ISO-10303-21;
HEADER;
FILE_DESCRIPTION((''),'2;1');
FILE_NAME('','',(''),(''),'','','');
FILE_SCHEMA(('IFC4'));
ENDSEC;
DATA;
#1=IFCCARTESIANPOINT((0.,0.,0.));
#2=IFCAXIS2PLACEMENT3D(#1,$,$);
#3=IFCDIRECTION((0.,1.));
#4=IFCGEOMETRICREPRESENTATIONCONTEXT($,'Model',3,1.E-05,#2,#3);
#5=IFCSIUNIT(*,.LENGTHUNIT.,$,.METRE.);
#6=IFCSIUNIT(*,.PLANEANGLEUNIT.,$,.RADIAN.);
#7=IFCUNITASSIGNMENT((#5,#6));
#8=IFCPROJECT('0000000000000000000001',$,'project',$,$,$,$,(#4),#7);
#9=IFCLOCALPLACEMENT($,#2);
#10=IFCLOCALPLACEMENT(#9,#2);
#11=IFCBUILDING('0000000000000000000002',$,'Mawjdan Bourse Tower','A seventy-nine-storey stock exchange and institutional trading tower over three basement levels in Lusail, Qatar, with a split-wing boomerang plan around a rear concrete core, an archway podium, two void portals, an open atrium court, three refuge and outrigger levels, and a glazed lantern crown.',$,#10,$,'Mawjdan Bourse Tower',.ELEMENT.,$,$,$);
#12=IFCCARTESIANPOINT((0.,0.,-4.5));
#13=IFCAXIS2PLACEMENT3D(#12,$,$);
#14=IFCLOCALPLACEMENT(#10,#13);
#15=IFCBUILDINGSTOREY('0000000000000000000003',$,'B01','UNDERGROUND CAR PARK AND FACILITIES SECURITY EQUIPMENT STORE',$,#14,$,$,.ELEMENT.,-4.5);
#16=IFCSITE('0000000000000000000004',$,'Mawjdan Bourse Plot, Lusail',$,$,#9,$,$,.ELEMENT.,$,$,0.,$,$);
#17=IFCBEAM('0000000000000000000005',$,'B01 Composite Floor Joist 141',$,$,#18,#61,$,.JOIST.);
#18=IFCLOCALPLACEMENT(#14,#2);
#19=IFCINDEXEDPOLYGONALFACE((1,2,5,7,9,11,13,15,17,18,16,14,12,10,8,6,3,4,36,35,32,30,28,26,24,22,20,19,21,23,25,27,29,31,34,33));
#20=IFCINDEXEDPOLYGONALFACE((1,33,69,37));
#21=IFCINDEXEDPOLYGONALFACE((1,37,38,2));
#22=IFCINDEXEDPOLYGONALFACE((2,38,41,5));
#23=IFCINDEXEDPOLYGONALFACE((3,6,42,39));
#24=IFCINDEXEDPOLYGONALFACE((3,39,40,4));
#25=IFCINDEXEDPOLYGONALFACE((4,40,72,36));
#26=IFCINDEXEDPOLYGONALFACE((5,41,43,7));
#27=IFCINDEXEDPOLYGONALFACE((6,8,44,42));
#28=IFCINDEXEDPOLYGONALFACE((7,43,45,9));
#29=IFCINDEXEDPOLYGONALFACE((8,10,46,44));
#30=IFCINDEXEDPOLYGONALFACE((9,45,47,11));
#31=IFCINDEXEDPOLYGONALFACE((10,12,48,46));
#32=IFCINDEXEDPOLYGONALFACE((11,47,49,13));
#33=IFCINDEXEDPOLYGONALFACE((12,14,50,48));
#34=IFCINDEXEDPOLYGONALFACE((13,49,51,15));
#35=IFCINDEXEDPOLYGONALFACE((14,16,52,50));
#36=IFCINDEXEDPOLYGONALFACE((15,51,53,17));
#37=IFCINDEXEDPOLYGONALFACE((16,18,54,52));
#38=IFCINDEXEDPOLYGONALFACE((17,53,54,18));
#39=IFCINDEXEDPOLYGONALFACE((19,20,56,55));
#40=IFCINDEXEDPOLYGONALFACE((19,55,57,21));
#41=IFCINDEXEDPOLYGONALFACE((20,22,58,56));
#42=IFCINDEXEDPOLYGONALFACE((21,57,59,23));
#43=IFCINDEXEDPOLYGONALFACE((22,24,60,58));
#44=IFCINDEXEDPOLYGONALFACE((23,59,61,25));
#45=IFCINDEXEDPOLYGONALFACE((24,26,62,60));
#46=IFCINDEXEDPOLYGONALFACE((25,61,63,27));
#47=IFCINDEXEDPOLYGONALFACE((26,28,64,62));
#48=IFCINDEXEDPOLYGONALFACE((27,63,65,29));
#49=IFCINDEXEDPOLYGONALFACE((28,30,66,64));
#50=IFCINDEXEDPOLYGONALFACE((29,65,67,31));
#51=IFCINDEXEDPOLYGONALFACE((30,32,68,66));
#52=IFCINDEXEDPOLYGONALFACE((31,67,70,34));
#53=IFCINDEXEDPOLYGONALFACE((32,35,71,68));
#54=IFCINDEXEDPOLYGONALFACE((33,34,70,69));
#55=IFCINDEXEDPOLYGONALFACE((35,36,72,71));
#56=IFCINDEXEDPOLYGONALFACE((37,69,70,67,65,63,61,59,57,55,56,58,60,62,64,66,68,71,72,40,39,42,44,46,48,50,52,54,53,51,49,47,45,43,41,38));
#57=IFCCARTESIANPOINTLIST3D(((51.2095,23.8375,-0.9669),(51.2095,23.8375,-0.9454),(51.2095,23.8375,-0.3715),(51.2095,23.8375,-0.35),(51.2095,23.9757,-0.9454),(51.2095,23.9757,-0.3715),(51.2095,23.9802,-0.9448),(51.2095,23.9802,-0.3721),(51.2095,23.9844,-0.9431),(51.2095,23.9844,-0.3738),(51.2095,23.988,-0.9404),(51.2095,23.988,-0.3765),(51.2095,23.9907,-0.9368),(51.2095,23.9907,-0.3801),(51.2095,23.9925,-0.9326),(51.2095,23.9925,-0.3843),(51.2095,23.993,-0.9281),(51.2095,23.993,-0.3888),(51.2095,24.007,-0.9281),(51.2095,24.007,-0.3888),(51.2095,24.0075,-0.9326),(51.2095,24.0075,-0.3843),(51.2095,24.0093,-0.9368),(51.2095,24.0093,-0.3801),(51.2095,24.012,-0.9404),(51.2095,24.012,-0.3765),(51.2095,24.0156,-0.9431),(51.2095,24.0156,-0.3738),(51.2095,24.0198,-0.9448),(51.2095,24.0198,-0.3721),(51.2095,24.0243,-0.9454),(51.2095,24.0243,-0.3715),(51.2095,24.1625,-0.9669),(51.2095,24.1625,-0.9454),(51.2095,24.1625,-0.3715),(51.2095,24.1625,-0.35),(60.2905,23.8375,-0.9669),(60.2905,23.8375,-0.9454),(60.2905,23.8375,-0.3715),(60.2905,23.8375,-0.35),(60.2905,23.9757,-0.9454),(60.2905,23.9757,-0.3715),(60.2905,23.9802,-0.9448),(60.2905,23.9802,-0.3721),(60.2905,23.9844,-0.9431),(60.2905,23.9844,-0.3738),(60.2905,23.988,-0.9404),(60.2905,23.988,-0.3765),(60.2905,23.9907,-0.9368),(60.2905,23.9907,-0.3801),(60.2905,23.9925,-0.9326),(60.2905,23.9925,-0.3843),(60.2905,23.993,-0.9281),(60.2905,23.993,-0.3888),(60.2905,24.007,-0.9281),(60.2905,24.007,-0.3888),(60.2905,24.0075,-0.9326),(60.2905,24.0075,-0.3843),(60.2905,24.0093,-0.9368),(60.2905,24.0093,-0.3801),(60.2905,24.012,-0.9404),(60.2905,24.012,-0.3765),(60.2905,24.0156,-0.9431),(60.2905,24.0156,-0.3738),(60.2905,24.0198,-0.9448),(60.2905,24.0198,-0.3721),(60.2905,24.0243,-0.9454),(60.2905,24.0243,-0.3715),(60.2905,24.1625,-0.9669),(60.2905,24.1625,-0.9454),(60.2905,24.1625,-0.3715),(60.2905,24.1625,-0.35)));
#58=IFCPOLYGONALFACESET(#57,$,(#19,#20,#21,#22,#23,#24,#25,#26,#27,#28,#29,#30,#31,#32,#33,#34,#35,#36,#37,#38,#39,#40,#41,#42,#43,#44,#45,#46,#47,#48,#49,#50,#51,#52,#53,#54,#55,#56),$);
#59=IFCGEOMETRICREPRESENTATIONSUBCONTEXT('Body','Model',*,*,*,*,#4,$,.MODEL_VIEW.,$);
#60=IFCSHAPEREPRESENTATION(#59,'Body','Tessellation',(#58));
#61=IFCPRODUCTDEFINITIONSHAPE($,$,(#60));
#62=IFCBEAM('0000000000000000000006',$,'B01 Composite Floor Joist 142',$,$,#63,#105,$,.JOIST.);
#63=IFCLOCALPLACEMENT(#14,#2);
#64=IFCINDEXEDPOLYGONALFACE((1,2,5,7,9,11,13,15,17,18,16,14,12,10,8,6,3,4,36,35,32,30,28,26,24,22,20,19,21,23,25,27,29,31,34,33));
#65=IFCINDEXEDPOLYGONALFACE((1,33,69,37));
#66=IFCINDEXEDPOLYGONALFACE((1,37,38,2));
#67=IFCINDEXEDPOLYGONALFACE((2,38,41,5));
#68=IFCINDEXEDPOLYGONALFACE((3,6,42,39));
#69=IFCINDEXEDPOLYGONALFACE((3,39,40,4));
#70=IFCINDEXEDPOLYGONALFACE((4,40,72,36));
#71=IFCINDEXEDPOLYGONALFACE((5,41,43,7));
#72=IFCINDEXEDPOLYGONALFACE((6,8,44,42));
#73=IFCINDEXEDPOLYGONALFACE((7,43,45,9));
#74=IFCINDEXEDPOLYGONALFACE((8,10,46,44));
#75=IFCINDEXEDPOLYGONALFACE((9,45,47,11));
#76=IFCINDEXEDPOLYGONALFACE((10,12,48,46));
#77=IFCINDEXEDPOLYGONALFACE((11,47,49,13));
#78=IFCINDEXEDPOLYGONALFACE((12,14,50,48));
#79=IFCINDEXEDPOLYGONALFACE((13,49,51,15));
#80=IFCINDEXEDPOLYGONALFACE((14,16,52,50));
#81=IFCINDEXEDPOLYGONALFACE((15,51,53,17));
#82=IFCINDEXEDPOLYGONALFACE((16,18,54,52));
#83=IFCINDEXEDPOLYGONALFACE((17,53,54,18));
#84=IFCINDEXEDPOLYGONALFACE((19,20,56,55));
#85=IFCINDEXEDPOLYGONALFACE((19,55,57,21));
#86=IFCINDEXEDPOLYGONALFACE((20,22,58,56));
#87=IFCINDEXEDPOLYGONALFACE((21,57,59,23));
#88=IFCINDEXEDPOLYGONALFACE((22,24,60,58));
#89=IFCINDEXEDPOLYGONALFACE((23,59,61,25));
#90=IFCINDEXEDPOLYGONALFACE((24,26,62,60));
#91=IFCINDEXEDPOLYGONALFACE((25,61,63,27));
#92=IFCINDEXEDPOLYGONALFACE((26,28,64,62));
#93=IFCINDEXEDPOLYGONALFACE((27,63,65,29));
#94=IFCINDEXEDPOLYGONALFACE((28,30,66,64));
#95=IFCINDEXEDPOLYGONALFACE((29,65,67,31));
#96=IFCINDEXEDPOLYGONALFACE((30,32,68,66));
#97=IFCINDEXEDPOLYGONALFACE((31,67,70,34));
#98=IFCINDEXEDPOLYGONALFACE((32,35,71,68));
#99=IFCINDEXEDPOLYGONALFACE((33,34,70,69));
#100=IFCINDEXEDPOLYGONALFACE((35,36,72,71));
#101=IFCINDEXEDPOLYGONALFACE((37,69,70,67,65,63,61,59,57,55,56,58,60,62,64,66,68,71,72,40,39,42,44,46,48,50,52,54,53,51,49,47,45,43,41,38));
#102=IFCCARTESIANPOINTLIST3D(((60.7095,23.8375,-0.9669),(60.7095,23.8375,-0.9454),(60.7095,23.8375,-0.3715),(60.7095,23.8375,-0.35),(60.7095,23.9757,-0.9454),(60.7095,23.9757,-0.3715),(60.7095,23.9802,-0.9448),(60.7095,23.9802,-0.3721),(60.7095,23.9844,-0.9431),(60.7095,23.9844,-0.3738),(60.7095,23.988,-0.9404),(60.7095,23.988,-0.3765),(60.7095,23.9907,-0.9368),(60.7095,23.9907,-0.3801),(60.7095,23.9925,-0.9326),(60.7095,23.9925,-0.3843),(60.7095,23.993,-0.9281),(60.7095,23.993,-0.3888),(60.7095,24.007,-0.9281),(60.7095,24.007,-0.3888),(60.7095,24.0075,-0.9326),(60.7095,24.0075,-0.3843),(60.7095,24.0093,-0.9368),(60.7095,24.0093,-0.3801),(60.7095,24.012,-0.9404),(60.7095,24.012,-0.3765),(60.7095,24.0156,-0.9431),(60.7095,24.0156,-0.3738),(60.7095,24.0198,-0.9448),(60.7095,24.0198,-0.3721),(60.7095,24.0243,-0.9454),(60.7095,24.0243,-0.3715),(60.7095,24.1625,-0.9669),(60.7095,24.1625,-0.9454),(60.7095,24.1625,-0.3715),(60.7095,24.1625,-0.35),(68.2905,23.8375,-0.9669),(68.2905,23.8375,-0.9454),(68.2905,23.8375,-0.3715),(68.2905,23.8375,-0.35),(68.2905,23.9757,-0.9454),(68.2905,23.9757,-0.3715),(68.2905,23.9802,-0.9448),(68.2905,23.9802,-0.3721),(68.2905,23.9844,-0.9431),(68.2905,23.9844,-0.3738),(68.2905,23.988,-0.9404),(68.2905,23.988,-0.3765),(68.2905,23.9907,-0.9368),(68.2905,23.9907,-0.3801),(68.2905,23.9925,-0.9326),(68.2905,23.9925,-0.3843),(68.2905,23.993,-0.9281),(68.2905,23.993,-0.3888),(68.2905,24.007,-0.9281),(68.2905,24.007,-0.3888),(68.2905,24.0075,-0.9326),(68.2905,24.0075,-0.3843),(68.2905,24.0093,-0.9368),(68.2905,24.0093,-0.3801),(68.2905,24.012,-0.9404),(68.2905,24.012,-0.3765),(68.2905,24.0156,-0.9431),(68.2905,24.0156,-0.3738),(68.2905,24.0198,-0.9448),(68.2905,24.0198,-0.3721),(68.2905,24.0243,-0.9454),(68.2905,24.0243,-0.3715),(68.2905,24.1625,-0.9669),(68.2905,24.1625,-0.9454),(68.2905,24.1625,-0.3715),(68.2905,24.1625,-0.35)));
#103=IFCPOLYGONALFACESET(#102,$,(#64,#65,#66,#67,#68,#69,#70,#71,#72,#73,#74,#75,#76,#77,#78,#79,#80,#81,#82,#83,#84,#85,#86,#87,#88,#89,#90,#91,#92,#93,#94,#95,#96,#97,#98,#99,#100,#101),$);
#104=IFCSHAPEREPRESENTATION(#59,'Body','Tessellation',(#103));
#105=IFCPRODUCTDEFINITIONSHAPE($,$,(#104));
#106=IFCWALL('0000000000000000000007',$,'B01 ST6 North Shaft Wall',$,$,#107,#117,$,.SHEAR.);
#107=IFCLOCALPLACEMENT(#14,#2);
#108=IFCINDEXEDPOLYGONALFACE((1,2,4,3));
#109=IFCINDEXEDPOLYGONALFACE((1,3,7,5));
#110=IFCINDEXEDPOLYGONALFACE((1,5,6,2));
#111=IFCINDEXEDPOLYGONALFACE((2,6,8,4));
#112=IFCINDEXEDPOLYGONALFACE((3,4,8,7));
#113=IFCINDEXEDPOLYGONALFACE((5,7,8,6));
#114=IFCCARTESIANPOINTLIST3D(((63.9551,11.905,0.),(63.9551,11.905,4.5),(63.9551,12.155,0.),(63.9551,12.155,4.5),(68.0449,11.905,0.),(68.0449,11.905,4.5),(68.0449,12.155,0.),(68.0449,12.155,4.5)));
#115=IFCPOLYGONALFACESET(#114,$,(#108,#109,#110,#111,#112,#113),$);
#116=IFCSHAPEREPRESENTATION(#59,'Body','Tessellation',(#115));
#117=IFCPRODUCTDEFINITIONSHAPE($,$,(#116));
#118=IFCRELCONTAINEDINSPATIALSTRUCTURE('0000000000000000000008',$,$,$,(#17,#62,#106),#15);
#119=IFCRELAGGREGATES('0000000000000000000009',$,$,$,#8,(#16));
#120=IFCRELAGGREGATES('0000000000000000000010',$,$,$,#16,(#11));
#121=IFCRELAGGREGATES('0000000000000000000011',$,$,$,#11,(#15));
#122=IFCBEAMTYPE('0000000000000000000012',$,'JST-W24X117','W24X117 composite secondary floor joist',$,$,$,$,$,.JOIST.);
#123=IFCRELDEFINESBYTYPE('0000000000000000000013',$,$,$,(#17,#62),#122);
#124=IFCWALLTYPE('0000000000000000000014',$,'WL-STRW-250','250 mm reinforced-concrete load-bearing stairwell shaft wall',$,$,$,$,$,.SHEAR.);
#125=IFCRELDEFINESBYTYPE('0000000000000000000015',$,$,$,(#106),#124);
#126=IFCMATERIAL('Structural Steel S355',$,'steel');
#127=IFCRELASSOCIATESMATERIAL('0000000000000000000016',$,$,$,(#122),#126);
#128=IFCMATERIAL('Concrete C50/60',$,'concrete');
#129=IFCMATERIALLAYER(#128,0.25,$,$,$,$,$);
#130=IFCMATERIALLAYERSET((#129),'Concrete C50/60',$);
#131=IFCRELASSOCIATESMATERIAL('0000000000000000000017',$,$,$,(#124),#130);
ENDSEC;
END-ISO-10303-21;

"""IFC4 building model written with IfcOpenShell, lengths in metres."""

from ifc_helpers import new_model, si_unit, direction, frame, frame_2d, origin, origin_2d, place, context, subcontext, project, spatial, rectangle, i_section, extrude, material, layer, layer_set, material_profile, profile_set, type_object, element, save


model = new_model("IFC4")

# Units and contexts
model_context = context("Model", 3, precision=1e-05, world=origin(), true_north=direction((0.0, 1.0)))
body_context = subcontext(model_context, "Body", "Model", "MODEL_VIEW")
ifc_project = project(units=[si_unit("LENGTHUNIT", "METRE"), si_unit("PLANEANGLEUNIT", "RADIAN")], contexts=[model_context])

# Site, building, storey
site_placement = place(None, origin())
site = spatial("IfcSite", under=ifc_project, at=site_placement, Name="Mawjdan Bourse Plot, Lusail", CompositionType="ELEMENT", RefElevation=0.0)
building_placement = place(site_placement, origin())
building = spatial("IfcBuilding", under=site, at=building_placement, Name="Mawjdan Bourse Tower", Description="A seventy-nine-storey stock exchange and institutional trading tower over three basement levels in Lusail, Qatar, with a split-wing boomerang plan around a rear concrete core, an archway podium, two void portals, an open atrium court, three refuge and outrigger levels, and a glazed lantern crown.", LongName="Mawjdan Bourse Tower", CompositionType="ELEMENT")
storey_placement = place(building_placement, frame((0.0, 0.0, -4.5)))
storey = spatial("IfcBuildingStorey", under=building, at=storey_placement, Name="B01", Description="UNDERGROUND CAR PARK AND FACILITIES SECURITY EQUIPMENT STORE", CompositionType="ELEMENT", Elevation=-4.5)

# Beams
ifc_material_1 = material(Name="Structural Steel S355", Category="steel")
ifc_material_profile_1 = material_profile(ifc_material_1, i_section(OverallWidth=0.325, OverallDepth=0.6169, WebThickness=0.0139, FlangeThickness=0.0215, FilletRadius=0.0173, at=origin_2d()), Name="W24X117")
ifc_profile_set_1 = profile_set([ifc_material_profile_1], Name="Structural Steel S355")
beam_type_1 = type_object("IfcBeamType", Name="JST-W24X117", Description="W24X117 composite secondary floor joist", PredefinedType="JOIST", material=ifc_profile_set_1)
beam_1_placement = place(storey_placement, frame((51.2095, 24.0, -0.6584), z_axis=(1.0, 0.0, 0.0), x_axis=(0.0, 1.0, 0.0)))
element("IfcBeam", 1, at=beam_1_placement, inside=storey, type_object=beam_type_1, Name="B01 Composite Floor Joist 141", PredefinedType="JOIST", context=body_context, shape_type="SweptSolid", body=[
    extrude(i_section(OverallWidth=0.325, OverallDepth=0.6169, WebThickness=0.0139, FlangeThickness=0.0215, FilletRadius=0.0173, at=origin_2d()), origin(), (0.0, 0.0, 1.0), 9.0811),
])
beam_2_placement = place(storey_placement, frame((60.7095, 24.0, -0.6584), z_axis=(1.0, 0.0, 0.0), x_axis=(0.0, 1.0, 0.0)))
element("IfcBeam", 2, at=beam_2_placement, inside=storey, type_object=beam_type_1, Name="B01 Composite Floor Joist 142", PredefinedType="JOIST", context=body_context, shape_type="SweptSolid", body=[
    extrude(i_section(OverallWidth=0.325, OverallDepth=0.6169, WebThickness=0.0139, FlangeThickness=0.0215, FilletRadius=0.0173, at=origin_2d()), origin(), (0.0, 0.0, 1.0), 7.5811),
])

# Wall
ifc_material_2 = material(Name="Concrete C50/60", Category="concrete")
ifc_layer = layer(ifc_material_2, 0.25)
ifc_layer_set = layer_set([ifc_layer], Name="Concrete C50/60")
wall_type = type_object("IfcWallType", Name="WL-STRW-250", Description="250 mm reinforced-concrete load-bearing stairwell shaft wall", PredefinedType="SHEAR", material=ifc_layer_set)
wall_placement = place(storey_placement, frame((63.9551, 12.03, 0.0), z_axis=(0.0, 0.0, 1.0), x_axis=(1.0, 0.0, 0.0)))
element("IfcWall", 3, at=wall_placement, inside=storey, type_object=wall_type, Name="B01 ST6 North Shaft Wall", PredefinedType="SHEAR", context=body_context, shape_type="SweptSolid", body=[
    extrude(rectangle(XDim=4.0898, YDim=0.25, at=frame_2d((2.0449, 0.0))), origin(), (0.0, 0.0, 1.0), 4.5),
])

save(model, "model.ifc")
